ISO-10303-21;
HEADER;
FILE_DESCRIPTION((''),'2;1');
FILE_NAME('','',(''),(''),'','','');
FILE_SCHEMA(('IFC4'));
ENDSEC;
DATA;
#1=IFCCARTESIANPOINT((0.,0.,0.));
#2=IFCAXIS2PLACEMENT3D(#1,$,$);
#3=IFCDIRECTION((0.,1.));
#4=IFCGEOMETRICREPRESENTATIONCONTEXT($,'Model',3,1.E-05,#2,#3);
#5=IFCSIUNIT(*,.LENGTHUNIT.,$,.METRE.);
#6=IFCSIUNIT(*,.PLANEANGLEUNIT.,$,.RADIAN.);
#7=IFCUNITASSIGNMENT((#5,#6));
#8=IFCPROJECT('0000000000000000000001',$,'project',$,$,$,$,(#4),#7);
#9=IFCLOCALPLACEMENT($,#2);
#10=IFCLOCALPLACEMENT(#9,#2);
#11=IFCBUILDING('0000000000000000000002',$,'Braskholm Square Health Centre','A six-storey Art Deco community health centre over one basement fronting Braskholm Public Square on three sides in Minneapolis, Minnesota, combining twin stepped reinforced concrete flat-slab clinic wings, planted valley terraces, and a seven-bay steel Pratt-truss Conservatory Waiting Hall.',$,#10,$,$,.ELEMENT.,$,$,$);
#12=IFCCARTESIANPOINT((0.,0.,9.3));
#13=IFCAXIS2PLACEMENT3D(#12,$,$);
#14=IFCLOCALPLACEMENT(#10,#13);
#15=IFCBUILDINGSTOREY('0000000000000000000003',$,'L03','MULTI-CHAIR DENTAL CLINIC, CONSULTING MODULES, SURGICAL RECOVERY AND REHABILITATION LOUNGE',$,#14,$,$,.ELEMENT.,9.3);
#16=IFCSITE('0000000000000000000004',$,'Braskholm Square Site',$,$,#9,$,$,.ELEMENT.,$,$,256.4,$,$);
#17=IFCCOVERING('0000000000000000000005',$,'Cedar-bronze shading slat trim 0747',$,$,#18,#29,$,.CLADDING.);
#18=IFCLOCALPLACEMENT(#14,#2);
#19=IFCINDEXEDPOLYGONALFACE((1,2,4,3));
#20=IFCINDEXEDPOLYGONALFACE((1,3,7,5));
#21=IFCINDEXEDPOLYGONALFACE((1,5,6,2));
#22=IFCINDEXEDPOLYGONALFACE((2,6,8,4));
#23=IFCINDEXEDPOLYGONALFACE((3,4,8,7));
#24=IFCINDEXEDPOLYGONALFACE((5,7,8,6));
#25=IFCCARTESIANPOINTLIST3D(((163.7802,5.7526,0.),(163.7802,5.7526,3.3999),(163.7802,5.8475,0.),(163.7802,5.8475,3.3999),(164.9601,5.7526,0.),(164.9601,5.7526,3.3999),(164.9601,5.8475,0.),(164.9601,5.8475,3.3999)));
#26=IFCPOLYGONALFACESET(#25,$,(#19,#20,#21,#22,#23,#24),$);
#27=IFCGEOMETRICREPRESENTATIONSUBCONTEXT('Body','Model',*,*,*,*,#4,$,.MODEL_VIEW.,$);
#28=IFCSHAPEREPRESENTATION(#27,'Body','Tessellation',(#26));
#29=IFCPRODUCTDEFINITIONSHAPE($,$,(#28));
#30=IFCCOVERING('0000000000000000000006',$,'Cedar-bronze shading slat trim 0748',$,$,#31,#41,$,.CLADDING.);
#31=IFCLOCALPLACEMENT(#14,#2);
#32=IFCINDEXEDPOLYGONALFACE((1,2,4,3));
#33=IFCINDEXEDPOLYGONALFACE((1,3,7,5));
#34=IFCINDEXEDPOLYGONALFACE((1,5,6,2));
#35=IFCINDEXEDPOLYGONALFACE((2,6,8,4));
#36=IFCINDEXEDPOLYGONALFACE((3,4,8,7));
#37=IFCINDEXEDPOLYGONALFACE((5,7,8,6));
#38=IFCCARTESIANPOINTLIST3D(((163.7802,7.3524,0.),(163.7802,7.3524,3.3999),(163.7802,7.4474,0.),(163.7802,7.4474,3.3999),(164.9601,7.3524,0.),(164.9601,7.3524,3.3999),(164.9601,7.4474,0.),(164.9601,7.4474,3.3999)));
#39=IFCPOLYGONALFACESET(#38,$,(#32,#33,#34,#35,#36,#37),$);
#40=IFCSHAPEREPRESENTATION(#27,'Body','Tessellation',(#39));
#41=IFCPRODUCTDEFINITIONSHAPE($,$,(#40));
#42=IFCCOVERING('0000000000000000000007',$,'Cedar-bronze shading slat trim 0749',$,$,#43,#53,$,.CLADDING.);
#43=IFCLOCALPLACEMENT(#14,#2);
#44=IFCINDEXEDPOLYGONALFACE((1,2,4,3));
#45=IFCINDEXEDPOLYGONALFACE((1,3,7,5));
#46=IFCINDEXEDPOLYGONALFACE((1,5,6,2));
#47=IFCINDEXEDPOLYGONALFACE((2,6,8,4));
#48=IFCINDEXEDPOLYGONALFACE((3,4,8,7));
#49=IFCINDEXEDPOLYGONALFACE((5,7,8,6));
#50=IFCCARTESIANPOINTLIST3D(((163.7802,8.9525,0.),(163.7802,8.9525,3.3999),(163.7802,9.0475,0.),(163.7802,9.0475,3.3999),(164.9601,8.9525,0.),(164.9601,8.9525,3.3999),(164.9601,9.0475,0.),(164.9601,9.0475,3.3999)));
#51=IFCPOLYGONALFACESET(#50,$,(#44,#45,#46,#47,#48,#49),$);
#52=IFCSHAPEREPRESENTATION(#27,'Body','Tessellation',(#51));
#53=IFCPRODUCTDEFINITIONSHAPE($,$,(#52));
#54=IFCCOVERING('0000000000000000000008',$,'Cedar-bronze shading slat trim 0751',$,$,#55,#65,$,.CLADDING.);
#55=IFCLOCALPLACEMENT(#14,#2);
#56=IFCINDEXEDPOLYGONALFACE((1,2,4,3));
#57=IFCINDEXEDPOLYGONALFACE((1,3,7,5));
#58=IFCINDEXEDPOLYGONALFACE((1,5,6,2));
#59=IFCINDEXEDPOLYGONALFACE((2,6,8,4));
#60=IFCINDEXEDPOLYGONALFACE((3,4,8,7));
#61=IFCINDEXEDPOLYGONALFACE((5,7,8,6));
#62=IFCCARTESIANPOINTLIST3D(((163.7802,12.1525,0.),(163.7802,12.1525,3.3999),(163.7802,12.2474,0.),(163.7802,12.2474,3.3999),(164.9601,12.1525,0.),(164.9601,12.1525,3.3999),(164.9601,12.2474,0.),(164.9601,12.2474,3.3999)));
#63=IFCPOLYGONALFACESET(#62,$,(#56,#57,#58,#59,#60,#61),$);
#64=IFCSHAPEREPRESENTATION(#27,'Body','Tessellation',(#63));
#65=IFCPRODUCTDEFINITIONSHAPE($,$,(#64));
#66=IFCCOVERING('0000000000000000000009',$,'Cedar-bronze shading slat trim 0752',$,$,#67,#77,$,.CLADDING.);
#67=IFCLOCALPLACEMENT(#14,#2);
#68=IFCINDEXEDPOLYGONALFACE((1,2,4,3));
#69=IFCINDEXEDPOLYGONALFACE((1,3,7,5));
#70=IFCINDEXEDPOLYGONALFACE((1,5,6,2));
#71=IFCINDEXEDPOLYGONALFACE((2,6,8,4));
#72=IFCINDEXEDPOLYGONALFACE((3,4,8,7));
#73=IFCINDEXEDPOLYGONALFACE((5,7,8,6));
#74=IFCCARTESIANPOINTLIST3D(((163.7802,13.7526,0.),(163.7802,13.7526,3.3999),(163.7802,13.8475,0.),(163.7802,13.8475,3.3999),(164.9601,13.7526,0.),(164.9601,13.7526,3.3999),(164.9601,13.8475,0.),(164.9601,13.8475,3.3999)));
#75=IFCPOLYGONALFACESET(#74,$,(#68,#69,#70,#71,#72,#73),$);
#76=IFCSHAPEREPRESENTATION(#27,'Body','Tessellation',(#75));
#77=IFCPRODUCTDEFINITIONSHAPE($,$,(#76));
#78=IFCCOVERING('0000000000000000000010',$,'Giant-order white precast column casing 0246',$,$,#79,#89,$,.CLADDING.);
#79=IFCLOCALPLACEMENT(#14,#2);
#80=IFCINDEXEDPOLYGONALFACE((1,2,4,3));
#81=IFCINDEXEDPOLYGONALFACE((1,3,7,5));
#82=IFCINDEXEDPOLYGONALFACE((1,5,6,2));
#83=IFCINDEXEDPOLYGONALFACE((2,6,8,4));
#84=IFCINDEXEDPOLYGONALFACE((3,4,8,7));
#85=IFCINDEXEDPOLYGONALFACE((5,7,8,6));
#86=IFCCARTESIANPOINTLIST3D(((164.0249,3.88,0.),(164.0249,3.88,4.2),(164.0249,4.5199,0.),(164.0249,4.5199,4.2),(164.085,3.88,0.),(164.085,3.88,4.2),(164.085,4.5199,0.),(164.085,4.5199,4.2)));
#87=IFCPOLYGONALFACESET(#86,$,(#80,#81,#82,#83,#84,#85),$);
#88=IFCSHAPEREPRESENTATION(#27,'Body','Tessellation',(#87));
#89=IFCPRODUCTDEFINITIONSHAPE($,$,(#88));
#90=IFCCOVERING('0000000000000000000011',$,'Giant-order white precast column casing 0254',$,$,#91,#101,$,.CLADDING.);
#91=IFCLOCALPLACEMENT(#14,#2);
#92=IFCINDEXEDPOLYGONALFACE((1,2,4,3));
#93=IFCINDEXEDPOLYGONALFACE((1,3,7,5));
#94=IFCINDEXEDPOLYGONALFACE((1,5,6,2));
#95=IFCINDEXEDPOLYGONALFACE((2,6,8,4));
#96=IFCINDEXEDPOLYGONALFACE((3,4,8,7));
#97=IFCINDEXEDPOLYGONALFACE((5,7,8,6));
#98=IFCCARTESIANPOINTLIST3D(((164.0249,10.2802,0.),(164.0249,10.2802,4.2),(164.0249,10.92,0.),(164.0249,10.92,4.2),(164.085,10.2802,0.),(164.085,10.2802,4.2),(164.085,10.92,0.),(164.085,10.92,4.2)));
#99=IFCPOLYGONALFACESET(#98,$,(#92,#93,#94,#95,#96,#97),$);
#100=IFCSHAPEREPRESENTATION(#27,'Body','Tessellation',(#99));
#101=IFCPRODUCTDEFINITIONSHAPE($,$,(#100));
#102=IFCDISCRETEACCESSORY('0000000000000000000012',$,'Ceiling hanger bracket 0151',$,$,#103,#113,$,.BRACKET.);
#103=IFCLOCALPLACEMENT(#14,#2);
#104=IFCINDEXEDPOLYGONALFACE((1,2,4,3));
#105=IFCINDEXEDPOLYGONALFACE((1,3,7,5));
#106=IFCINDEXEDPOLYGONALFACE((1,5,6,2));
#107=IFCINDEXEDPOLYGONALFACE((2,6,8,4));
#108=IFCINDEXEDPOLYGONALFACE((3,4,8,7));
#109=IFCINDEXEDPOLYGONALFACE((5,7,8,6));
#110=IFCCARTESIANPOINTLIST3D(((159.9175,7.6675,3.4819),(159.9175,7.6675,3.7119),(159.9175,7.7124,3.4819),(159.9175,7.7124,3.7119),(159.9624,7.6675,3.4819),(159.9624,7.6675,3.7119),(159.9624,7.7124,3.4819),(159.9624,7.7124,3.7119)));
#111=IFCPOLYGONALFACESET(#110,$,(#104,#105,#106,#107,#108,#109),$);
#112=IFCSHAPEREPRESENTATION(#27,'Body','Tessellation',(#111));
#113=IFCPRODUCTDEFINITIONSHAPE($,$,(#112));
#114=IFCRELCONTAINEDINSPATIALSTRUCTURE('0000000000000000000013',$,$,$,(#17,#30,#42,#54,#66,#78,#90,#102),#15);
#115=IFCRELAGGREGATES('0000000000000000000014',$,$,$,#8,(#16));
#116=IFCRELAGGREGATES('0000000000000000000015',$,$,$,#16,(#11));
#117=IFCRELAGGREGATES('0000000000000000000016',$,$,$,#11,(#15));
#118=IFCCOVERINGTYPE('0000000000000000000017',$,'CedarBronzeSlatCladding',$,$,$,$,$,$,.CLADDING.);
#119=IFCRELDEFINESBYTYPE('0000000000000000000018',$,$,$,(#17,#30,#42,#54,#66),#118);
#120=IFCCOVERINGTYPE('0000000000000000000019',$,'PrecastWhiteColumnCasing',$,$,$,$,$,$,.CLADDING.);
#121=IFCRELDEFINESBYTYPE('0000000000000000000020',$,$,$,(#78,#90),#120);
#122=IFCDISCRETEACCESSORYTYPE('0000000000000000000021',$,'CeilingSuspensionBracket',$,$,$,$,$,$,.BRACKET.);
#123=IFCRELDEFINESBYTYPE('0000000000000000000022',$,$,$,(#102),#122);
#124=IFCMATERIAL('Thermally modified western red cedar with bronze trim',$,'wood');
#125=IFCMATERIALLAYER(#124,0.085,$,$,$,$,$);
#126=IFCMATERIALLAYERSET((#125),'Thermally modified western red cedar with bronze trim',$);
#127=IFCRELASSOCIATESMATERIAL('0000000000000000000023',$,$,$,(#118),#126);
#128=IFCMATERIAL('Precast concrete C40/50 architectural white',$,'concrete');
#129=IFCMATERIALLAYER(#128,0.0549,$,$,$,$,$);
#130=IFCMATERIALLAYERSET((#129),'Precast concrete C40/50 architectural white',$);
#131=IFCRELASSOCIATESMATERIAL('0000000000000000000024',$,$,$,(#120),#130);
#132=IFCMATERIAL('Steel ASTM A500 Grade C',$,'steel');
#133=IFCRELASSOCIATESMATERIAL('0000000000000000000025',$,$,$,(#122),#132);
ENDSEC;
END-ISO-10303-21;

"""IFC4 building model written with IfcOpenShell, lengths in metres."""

from ifc_helpers import new_model, si_unit, direction, frame, origin, origin_2d, place, context, subcontext, project, spatial, rectangle, extrude, material, layer, layer_set, type_object, element, save


model = new_model("IFC4")

# Units and contexts
model_context = context("Model", 3, precision=1e-05, world=origin(), true_north=direction((0.0, 1.0)))
body_context = subcontext(model_context, "Body", "Model", "MODEL_VIEW")
ifc_project = project(units=[si_unit("LENGTHUNIT", "METRE"), si_unit("PLANEANGLEUNIT", "RADIAN")], contexts=[model_context])

# Site, building, storey
site_placement = place(None, origin())
site = spatial("IfcSite", under=ifc_project, at=site_placement, Name="Braskholm Square Site", CompositionType="ELEMENT", RefElevation=256.4)
building_placement = place(site_placement, origin())
building = spatial("IfcBuilding", under=site, at=building_placement, Name="Braskholm Square Health Centre", Description="A six-storey Art Deco community health centre over one basement fronting Braskholm Public Square on three sides in Minneapolis, Minnesota, combining twin stepped reinforced concrete flat-slab clinic wings, planted valley terraces, and a seven-bay steel Pratt-truss Conservatory Waiting Hall.", CompositionType="ELEMENT")
storey_placement = place(building_placement, frame((0.0, 0.0, 9.3)))
storey = spatial("IfcBuildingStorey", under=building, at=storey_placement, Name="L03", Description="MULTI-CHAIR DENTAL CLINIC, CONSULTING MODULES, SURGICAL RECOVERY AND REHABILITATION LOUNGE", CompositionType="ELEMENT", Elevation=9.3)

# Shared definitions
ifc_material_1 = material(Name="Precast concrete C40/50 architectural white", Category="concrete")

# Shared definitions
ifc_material_2 = material(Name="Thermally modified western red cedar with bronze trim", Category="wood")

# Coverings
ifc_layer_1 = layer(ifc_material_2, 0.085)
ifc_layer_set_1 = layer_set([ifc_layer_1], Name="Thermally modified western red cedar with bronze trim")
covering_type_1 = type_object("IfcCoveringType", Name="CedarBronzeSlatCladding", PredefinedType="CLADDING", material=ifc_layer_set_1)
for number, where, z_axis, x_axis, name in (
    (1, (164.3701, 5.8, 0.0), (0.0, 0.0, 1.0), (1.0, 0.0, 0.0), "Cedar-bronze shading slat trim 0747"),
    (2, (164.3701, 7.3999, 0.0), (0.0, 0.0, 1.0), (1.0, 0.0, 0.0), "Cedar-bronze shading slat trim 0748"),
    (3, (164.3701, 9.0, 0.0), (0.0, 0.0, 1.0), (1.0, 0.0, 0.0), "Cedar-bronze shading slat trim 0749"),
    (4, (164.3701, 12.2, 0.0), (0.0, 0.0, 1.0), (1.0, 0.0, 0.0), "Cedar-bronze shading slat trim 0751"),
    (5, (164.3701, 13.8, 0.0), (0.0, 0.0, 1.0), (1.0, 0.0, 0.0), "Cedar-bronze shading slat trim 0752"),
):
    element("IfcCovering", number, at=place(storey_placement, frame(where, z_axis=z_axis, x_axis=x_axis)), inside=storey, type_object=covering_type_1, Name=name, PredefinedType="CLADDING", context=body_context, shape_type="SweptSolid", body=[
        extrude(rectangle(XDim=1.1799, YDim=0.095, at=origin_2d()), origin(), (0.0, 0.0, 1.0), 3.3999),
    ])
ifc_layer_2 = layer(ifc_material_1, 0.0549)
ifc_layer_set_2 = layer_set([ifc_layer_2], Name="Precast concrete C40/50 architectural white")
covering_type_2 = type_object("IfcCoveringType", Name="PrecastWhiteColumnCasing", PredefinedType="CLADDING", material=ifc_layer_set_2)
for number, where, z_axis, x_axis, name in (
    (6, (164.0549, 4.2, 0.0), (0.0, 0.0, 1.0), (1.0, 0.0, 0.0), "Giant-order white precast column casing 0246"),
    (7, (164.0549, 10.6001, 0.0), (0.0, 0.0, 1.0), (1.0, 0.0, 0.0), "Giant-order white precast column casing 0254"),
):
    element("IfcCovering", number, at=place(storey_placement, frame(where, z_axis=z_axis, x_axis=x_axis)), inside=storey, type_object=covering_type_2, Name=name, PredefinedType="CLADDING", context=body_context, shape_type="SweptSolid", body=[
        extrude(rectangle(XDim=0.0601, YDim=0.6399, at=origin_2d()), origin(), (0.0, 0.0, 1.0), 4.2),
    ])

# Discrete accessory
ifc_material_3 = material(Name="Steel ASTM A500 Grade C", Category="steel")
discrete_accessory_type = type_object("IfcDiscreteAccessoryType", Name="CeilingSuspensionBracket", PredefinedType="BRACKET", material=ifc_material_3)
discrete_accessory_placement = place(storey_placement, frame((159.9399, 7.6899, 3.4819), z_axis=(0.0, 0.0, 1.0), x_axis=(1.0, 0.0, 0.0)))
element("IfcDiscreteAccessory", 8, at=discrete_accessory_placement, inside=storey, type_object=discrete_accessory_type, Name="Ceiling hanger bracket 0151", PredefinedType="BRACKET", context=body_context, shape_type="SweptSolid", body=[
    extrude(rectangle(XDim=0.0449, YDim=0.0449, at=origin_2d()), origin(), (0.0, 0.0, 1.0), 0.23),
])

save(model, "model.ifc")
